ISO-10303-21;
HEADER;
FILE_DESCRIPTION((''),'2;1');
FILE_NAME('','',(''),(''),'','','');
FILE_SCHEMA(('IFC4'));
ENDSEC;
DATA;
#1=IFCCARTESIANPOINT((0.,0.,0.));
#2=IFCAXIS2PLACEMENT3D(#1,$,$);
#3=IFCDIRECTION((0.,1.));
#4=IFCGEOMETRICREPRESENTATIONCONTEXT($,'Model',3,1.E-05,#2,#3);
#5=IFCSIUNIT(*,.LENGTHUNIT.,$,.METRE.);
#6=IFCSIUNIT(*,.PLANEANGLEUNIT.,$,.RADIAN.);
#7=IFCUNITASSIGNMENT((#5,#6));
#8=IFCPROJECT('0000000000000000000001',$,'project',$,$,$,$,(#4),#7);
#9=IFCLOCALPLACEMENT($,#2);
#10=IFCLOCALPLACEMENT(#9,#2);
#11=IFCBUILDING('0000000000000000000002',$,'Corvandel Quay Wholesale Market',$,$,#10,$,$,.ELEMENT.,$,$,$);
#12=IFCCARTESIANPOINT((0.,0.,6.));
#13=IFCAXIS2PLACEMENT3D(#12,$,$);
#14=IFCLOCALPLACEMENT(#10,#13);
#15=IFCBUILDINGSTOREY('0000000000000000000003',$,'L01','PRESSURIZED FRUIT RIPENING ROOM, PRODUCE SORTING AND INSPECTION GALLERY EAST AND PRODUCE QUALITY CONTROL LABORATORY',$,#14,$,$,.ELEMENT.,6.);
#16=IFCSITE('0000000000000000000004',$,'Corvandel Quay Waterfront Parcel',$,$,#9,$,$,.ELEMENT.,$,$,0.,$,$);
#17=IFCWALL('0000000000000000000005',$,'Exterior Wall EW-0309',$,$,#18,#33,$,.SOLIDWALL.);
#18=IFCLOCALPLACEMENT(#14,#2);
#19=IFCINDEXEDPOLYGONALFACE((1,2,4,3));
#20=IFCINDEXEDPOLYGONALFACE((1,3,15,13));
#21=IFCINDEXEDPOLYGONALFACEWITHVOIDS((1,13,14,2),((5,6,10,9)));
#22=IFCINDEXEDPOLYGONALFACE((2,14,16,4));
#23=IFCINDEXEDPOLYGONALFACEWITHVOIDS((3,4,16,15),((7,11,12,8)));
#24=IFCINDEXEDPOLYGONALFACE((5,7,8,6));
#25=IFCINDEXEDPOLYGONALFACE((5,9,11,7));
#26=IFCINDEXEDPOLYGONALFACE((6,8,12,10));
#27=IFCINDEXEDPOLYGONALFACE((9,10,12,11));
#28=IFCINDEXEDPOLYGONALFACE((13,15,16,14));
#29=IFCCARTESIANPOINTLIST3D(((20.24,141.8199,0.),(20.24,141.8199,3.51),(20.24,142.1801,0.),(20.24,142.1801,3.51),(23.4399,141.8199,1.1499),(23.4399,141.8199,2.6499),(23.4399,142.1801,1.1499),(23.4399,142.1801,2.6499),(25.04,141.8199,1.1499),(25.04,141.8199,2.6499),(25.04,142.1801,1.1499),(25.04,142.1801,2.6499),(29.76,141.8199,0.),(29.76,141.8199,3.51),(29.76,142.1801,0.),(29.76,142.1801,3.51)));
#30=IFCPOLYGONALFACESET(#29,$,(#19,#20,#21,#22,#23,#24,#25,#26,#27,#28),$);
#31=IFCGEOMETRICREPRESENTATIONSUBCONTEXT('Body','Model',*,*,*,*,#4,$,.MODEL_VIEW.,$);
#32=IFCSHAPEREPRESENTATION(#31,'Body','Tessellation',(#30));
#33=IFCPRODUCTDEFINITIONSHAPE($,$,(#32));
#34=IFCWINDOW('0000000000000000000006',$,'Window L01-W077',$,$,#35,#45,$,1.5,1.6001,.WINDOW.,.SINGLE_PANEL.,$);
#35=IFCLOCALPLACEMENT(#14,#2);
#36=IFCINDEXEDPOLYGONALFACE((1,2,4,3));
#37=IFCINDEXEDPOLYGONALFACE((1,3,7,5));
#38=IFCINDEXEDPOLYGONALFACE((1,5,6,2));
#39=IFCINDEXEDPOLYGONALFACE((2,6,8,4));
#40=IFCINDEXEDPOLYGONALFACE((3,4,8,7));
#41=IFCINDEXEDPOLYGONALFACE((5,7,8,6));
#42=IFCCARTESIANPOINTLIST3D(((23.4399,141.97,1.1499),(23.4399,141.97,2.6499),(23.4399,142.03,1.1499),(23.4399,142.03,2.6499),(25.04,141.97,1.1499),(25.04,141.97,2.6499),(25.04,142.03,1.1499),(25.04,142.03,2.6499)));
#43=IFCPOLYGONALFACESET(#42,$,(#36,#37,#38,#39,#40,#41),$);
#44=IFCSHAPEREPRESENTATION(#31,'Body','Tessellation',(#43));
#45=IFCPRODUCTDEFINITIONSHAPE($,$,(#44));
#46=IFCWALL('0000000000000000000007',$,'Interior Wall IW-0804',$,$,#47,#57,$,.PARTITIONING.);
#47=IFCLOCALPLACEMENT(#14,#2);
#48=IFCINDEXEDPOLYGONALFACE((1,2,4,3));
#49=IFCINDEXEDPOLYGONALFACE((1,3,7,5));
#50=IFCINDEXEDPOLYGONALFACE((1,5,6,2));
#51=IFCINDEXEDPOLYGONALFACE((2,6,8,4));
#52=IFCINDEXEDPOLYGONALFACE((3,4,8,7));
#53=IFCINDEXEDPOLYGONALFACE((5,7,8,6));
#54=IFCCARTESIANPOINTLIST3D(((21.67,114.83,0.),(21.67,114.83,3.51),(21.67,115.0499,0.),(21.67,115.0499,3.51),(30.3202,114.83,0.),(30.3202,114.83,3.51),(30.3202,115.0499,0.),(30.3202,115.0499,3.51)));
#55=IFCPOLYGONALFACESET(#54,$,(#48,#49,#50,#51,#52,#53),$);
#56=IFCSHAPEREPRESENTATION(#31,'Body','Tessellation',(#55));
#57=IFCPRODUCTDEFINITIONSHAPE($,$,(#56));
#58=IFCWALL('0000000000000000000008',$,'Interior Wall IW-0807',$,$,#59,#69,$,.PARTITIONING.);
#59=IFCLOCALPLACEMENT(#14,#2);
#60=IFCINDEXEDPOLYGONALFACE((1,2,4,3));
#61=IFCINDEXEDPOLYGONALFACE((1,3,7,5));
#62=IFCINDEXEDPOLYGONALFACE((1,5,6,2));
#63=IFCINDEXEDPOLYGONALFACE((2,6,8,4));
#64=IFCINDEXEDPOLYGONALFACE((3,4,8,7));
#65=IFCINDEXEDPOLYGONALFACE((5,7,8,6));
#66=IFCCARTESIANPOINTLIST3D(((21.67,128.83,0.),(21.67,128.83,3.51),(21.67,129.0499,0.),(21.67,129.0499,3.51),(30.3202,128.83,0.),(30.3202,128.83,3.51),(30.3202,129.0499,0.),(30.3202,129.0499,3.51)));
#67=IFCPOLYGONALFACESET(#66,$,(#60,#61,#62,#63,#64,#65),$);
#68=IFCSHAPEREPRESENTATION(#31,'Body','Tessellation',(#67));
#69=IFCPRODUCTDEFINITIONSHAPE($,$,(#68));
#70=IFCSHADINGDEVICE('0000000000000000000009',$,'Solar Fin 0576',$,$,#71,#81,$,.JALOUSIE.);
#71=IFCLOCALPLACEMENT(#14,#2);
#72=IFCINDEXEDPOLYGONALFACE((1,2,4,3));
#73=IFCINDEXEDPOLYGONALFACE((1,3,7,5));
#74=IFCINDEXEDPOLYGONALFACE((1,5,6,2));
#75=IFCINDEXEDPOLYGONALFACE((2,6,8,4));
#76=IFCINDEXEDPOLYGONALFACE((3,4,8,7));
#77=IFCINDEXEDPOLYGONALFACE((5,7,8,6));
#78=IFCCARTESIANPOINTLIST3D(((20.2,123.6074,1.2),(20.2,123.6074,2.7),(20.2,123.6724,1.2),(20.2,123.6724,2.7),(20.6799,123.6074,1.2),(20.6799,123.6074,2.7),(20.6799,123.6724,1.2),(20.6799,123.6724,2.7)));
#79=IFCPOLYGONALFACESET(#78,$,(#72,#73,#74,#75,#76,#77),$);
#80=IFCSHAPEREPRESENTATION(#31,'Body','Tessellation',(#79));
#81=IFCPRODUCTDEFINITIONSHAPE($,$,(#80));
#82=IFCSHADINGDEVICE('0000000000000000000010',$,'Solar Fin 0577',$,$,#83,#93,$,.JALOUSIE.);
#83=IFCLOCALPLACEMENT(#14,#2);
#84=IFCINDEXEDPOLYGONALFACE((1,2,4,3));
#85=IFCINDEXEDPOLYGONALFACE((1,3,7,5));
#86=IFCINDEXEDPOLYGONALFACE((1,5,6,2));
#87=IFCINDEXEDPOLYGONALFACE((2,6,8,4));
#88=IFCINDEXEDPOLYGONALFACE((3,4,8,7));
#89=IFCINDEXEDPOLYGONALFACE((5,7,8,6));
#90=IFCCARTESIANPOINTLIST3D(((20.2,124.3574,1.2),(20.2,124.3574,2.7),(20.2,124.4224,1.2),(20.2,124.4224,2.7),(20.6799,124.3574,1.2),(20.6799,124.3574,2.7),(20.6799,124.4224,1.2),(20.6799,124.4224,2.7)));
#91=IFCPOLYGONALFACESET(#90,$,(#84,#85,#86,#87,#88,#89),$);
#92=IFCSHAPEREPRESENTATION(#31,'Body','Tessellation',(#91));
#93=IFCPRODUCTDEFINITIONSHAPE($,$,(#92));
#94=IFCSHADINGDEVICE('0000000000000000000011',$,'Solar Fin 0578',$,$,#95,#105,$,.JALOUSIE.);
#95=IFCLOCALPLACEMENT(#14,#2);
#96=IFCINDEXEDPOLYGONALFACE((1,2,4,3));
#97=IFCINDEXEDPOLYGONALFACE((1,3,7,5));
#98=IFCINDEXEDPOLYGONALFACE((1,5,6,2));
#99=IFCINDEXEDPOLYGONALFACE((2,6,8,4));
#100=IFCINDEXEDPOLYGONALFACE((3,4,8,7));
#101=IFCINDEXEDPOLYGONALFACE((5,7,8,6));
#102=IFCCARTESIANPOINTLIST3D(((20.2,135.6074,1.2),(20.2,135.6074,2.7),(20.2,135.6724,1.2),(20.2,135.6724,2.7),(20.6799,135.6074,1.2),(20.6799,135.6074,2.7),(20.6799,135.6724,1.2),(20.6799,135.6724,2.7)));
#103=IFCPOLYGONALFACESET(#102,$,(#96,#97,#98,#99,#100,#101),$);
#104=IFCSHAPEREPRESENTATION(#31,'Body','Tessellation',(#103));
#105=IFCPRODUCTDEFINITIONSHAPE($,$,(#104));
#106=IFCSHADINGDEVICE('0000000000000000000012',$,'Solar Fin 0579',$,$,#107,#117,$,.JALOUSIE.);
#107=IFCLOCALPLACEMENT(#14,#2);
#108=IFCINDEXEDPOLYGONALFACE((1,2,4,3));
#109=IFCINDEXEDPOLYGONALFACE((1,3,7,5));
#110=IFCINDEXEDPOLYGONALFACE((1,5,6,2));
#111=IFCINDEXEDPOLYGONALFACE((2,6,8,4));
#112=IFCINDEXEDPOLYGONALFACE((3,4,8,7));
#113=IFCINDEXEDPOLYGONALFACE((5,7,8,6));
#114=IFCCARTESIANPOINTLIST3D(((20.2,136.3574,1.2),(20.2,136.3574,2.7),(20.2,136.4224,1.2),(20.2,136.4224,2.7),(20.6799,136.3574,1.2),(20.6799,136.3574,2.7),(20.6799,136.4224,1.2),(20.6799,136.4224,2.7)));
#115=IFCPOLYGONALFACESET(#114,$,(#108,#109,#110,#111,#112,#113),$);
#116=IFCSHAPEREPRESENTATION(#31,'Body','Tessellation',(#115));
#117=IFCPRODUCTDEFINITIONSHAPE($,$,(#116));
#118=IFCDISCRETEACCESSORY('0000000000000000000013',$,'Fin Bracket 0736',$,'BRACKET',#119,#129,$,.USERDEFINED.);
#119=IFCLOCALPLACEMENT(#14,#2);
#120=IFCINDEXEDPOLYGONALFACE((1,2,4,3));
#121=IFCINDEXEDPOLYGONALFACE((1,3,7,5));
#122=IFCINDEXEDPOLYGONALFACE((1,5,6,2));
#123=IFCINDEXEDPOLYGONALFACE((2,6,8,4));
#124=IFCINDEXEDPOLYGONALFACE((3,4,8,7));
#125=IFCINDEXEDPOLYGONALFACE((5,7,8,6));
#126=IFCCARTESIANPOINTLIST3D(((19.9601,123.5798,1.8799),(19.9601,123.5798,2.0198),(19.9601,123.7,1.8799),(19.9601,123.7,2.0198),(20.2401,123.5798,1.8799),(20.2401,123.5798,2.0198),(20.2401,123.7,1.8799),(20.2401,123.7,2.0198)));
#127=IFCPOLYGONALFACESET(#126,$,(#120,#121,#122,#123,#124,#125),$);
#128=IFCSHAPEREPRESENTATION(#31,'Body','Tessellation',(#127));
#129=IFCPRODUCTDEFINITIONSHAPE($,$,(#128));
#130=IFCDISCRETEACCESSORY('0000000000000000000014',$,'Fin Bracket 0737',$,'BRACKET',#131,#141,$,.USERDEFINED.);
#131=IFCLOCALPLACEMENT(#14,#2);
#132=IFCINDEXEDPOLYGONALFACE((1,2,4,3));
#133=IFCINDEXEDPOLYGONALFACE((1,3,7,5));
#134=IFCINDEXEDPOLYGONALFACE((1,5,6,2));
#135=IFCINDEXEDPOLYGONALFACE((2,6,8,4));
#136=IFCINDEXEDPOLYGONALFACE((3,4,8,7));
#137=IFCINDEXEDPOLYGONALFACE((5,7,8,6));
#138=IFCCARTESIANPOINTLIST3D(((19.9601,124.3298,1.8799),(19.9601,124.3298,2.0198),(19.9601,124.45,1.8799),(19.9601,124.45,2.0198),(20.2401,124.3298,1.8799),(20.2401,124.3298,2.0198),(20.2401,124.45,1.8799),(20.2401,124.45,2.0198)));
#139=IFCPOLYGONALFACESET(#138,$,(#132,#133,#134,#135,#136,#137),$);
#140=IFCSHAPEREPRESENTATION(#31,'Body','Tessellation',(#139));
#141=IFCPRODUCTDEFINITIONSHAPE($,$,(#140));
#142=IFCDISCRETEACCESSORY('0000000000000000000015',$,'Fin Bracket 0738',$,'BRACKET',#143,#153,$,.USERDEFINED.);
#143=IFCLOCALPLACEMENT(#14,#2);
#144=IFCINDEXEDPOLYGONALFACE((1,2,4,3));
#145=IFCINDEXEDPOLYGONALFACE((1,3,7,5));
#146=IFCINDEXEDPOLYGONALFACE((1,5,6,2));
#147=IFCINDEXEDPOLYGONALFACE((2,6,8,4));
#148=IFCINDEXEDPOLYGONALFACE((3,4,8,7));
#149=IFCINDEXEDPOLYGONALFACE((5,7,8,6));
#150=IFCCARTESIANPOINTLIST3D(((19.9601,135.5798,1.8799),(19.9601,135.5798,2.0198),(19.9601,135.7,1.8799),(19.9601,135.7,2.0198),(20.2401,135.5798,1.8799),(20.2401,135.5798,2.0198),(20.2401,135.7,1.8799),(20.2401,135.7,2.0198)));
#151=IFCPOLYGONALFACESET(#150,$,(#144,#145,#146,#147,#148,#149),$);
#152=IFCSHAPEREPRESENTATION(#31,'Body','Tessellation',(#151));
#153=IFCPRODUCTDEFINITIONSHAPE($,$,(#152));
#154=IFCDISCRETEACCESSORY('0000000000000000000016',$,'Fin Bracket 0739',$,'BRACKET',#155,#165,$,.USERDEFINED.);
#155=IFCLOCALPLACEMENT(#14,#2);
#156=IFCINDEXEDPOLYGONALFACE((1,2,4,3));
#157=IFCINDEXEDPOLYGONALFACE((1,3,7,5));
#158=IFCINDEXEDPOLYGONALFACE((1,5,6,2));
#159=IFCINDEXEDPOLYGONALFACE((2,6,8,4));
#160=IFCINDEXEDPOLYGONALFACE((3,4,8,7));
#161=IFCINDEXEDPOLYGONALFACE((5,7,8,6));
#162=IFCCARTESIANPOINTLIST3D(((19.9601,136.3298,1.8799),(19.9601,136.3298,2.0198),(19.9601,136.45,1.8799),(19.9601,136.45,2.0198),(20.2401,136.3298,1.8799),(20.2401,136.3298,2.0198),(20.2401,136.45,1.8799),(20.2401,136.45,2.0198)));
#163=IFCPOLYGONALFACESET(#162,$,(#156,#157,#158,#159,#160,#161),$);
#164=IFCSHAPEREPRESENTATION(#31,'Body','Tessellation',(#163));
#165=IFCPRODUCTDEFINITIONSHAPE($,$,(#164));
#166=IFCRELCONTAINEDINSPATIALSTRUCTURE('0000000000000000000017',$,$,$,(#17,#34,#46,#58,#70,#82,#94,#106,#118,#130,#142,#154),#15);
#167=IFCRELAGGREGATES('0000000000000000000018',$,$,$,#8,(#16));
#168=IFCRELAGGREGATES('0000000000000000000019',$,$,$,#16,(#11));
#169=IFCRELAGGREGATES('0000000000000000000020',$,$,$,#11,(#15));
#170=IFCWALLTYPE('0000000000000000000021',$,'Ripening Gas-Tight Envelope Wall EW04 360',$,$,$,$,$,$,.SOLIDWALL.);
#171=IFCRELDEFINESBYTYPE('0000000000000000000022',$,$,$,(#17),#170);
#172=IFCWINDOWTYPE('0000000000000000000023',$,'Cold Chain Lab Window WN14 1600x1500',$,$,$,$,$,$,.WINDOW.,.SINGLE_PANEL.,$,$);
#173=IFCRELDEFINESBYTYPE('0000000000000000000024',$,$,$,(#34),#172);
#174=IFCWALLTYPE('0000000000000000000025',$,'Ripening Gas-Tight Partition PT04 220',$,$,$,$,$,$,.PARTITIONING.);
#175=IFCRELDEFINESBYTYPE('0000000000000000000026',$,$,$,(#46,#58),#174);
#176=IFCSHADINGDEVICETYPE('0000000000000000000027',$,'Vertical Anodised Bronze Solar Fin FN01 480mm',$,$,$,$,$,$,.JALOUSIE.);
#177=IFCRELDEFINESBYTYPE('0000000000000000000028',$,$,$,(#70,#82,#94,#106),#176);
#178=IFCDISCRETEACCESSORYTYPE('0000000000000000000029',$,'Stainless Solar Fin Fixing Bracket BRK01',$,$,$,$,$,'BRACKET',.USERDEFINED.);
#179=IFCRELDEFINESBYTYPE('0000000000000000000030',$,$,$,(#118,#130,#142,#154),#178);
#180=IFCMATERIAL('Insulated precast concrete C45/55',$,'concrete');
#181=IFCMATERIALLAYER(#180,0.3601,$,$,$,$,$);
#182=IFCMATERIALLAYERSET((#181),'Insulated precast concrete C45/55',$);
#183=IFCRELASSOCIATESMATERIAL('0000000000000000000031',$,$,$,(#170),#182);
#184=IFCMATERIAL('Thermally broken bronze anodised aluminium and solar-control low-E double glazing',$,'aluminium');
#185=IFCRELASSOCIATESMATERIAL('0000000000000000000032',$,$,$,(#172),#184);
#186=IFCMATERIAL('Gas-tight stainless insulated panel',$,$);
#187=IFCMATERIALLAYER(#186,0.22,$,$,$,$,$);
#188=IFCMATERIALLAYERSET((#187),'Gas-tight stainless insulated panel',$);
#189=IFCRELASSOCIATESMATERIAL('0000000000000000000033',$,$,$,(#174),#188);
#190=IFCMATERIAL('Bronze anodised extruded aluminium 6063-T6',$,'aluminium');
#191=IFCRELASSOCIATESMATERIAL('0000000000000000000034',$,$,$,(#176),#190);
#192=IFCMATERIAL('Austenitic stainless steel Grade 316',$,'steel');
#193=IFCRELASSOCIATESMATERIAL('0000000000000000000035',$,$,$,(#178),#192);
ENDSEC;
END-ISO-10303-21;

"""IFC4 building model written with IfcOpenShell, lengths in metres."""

from ifc_helpers import new_model, si_unit, direction, frame, frame_2d, origin, origin_2d, place, context, subcontext, project, spatial, rectangle, extrude, material, layer, layer_set, type_object, element, fill, save


model = new_model("IFC4")

# Units and contexts
model_context = context("Model", 3, precision=1e-05, world=origin(), true_north=direction((0.0, 1.0)))
body_context = subcontext(model_context, "Body", "Model", "MODEL_VIEW")
ifc_project = project(units=[si_unit("LENGTHUNIT", "METRE"), si_unit("PLANEANGLEUNIT", "RADIAN")], contexts=[model_context])

# Site, building, storey
site_placement = place(None, origin())
site = spatial("IfcSite", under=ifc_project, at=site_placement, Name="Corvandel Quay Waterfront Parcel", CompositionType="ELEMENT", RefElevation=0.0)
building_placement = place(site_placement, origin())
building = spatial("IfcBuilding", under=site, at=building_placement, Name="Corvandel Quay Wholesale Market", CompositionType="ELEMENT")
storey_placement = place(building_placement, frame((0.0, 0.0, 6.0)))
storey = spatial("IfcBuildingStorey", under=building, at=storey_placement, Name="L01", Description="PRESSURIZED FRUIT RIPENING ROOM, PRODUCE SORTING AND INSPECTION GALLERY EAST AND PRODUCE QUALITY CONTROL LABORATORY", CompositionType="ELEMENT", Elevation=6.0)

# Wall, opening, window
ifc_material_1 = material(Name="Insulated precast concrete C45/55", Category="concrete")
ifc_layer_1 = layer(ifc_material_1, 0.3601)
ifc_layer_set_1 = layer_set([ifc_layer_1], Name="Insulated precast concrete C45/55")
wall_type_1 = type_object("IfcWallType", Name="Ripening Gas-Tight Envelope Wall EW04 360", PredefinedType="SOLIDWALL", material=ifc_layer_set_1)
ifc_material_2 = material(Name="Thermally broken bronze anodised aluminium and solar-control low-E double glazing", Category="aluminium")
window_type = type_object("IfcWindowType", Name="Cold Chain Lab Window WN14 1600x1500", PartitioningType="SINGLE_PANEL", PredefinedType="WINDOW", material=ifc_material_2)
wall_1_placement = place(storey_placement, frame((20.24, 142.0, 0.0), z_axis=(0.0, 0.0, 1.0), x_axis=(1.0, 0.0, 0.0)))
wall_1 = element("IfcWall", 1, at=wall_1_placement, inside=storey, type_object=wall_type_1, Name="Exterior Wall EW-0309", PredefinedType="SOLIDWALL", context=body_context, shape_type="SweptSolid", body=[
    extrude(rectangle(XDim=9.52, YDim=0.3601, at=frame_2d((4.76, 0.0))), origin(), (0.0, 0.0, 1.0), 3.51),
])
opening_1_placement = place(wall_1_placement, frame((3.2, 0.0, 1.1499)))
opening_1 = element("IfcOpeningElement", 2, at=opening_1_placement, cuts=wall_1, PredefinedType="OPENING", context=body_context, shape_type="SweptSolid", body=[
    extrude(rectangle(XDim=1.6001, YDim=1.5, at=frame_2d((0.8, 0.75))), frame((0.0, 0.1899, 0.0), z_axis=(0.0, -1.0, 0.0), x_axis=(1.0, 0.0, 0.0)), (0.0, 0.0, 1.0), 0.3801),
])
window_1_placement = place(opening_1_placement, origin())
window_1 = element("IfcWindow", 3, at=window_1_placement, inside=storey, type_object=window_type, Name="Window L01-W077", OverallHeight=1.5, OverallWidth=1.6001, PartitioningType="SINGLE_PANEL", PredefinedType="WINDOW", context=body_context, shape_type="SweptSolid", body=[
    extrude(rectangle(XDim=1.6001, YDim=1.5, at=frame_2d((0.8, 0.75))), frame((0.0, 0.03, 0.0), z_axis=(0.0, -1.0, 0.0), x_axis=(1.0, 0.0, 0.0)), (0.0, 0.0, 1.0), 0.0601),
])
fill(opening_1, window_1)

# Walls
ifc_material_3 = material(Name="Gas-tight stainless insulated panel")
ifc_layer_2 = layer(ifc_material_3, 0.22)
ifc_layer_set_2 = layer_set([ifc_layer_2], Name="Gas-tight stainless insulated panel")
wall_type_2 = type_object("IfcWallType", Name="Ripening Gas-Tight Partition PT04 220", PredefinedType="PARTITIONING", material=ifc_layer_set_2)
for number, where, z_axis, x_axis, name in (
    (4, (21.6699, 114.9399, 0.0), (0.0, 0.0, 1.0), (1.0, 0.0, 0.0), "Interior Wall IW-0804"),
    (5, (21.6699, 128.9399, 0.0), (0.0, 0.0, 1.0), (1.0, 0.0, 0.0), "Interior Wall IW-0807"),
):
    element("IfcWall", number, at=place(storey_placement, frame(where, z_axis=z_axis, x_axis=x_axis)), inside=storey, type_object=wall_type_2, Name=name, PredefinedType="PARTITIONING", context=body_context, shape_type="SweptSolid", body=[
        extrude(rectangle(XDim=8.6501, YDim=0.22, at=frame_2d((4.3252, 0.0))), origin(), (0.0, 0.0, 1.0), 3.51),
    ])

# Shading devices
ifc_material_4 = material(Name="Bronze anodised extruded aluminium 6063-T6", Category="aluminium")
shading_device_type = type_object("IfcShadingDeviceType", Name="Vertical Anodised Bronze Solar Fin FN01 480mm", PredefinedType="JALOUSIE", material=ifc_material_4)
for number, where, z_axis, x_axis, name in (
    (6, (20.4399, 123.6399, 1.2), (0.0, 0.0, 1.0), (1.0, 0.0, 0.0), "Solar Fin 0576"),
    (7, (20.4399, 124.3899, 1.2), (0.0, 0.0, 1.0), (1.0, 0.0, 0.0), "Solar Fin 0577"),
    (8, (20.4399, 135.6399, 1.2), (0.0, 0.0, 1.0), (1.0, 0.0, 0.0), "Solar Fin 0578"),
    (9, (20.4399, 136.3899, 1.2), (0.0, 0.0, 1.0), (1.0, 0.0, 0.0), "Solar Fin 0579"),
):
    element("IfcShadingDevice", number, at=place(storey_placement, frame(where, z_axis=z_axis, x_axis=x_axis)), inside=storey, type_object=shading_device_type, Name=name, PredefinedType="JALOUSIE", context=body_context, shape_type="SweptSolid", body=[
        extrude(rectangle(XDim=0.48, YDim=0.0649, at=origin_2d()), origin(), (0.0, 0.0, 1.0), 1.5),
    ])

# Discrete accessories
ifc_material_5 = material(Name="Austenitic stainless steel Grade 316", Category="steel")
discrete_accessory_type = type_object("IfcDiscreteAccessoryType", Name="Stainless Solar Fin Fixing Bracket BRK01", ElementType="BRACKET", PredefinedType="USERDEFINED", material=ifc_material_5)
for number, where, z_axis, x_axis, name in (
    (10, (20.1001, 123.6399, 1.8799), (0.0, 0.0, 1.0), (1.0, 0.0, 0.0), "Fin Bracket 0736"),
    (11, (20.1001, 124.3899, 1.8799), (0.0, 0.0, 1.0), (1.0, 0.0, 0.0), "Fin Bracket 0737"),
    (12, (20.1001, 135.6399, 1.8799), (0.0, 0.0, 1.0), (1.0, 0.0, 0.0), "Fin Bracket 0738"),
    (13, (20.1001, 136.3899, 1.8799), (0.0, 0.0, 1.0), (1.0, 0.0, 0.0), "Fin Bracket 0739"),
):
    element("IfcDiscreteAccessory", number, at=place(storey_placement, frame(where, z_axis=z_axis, x_axis=x_axis)), inside=storey, type_object=discrete_accessory_type, Name=name, ObjectType="BRACKET", PredefinedType="USERDEFINED", context=body_context, shape_type="SweptSolid", body=[
        extrude(rectangle(XDim=0.28, YDim=0.1201, at=origin_2d()), origin(), (0.0, 0.0, 1.0), 0.1399),
    ])

save(model, "model.ifc")
